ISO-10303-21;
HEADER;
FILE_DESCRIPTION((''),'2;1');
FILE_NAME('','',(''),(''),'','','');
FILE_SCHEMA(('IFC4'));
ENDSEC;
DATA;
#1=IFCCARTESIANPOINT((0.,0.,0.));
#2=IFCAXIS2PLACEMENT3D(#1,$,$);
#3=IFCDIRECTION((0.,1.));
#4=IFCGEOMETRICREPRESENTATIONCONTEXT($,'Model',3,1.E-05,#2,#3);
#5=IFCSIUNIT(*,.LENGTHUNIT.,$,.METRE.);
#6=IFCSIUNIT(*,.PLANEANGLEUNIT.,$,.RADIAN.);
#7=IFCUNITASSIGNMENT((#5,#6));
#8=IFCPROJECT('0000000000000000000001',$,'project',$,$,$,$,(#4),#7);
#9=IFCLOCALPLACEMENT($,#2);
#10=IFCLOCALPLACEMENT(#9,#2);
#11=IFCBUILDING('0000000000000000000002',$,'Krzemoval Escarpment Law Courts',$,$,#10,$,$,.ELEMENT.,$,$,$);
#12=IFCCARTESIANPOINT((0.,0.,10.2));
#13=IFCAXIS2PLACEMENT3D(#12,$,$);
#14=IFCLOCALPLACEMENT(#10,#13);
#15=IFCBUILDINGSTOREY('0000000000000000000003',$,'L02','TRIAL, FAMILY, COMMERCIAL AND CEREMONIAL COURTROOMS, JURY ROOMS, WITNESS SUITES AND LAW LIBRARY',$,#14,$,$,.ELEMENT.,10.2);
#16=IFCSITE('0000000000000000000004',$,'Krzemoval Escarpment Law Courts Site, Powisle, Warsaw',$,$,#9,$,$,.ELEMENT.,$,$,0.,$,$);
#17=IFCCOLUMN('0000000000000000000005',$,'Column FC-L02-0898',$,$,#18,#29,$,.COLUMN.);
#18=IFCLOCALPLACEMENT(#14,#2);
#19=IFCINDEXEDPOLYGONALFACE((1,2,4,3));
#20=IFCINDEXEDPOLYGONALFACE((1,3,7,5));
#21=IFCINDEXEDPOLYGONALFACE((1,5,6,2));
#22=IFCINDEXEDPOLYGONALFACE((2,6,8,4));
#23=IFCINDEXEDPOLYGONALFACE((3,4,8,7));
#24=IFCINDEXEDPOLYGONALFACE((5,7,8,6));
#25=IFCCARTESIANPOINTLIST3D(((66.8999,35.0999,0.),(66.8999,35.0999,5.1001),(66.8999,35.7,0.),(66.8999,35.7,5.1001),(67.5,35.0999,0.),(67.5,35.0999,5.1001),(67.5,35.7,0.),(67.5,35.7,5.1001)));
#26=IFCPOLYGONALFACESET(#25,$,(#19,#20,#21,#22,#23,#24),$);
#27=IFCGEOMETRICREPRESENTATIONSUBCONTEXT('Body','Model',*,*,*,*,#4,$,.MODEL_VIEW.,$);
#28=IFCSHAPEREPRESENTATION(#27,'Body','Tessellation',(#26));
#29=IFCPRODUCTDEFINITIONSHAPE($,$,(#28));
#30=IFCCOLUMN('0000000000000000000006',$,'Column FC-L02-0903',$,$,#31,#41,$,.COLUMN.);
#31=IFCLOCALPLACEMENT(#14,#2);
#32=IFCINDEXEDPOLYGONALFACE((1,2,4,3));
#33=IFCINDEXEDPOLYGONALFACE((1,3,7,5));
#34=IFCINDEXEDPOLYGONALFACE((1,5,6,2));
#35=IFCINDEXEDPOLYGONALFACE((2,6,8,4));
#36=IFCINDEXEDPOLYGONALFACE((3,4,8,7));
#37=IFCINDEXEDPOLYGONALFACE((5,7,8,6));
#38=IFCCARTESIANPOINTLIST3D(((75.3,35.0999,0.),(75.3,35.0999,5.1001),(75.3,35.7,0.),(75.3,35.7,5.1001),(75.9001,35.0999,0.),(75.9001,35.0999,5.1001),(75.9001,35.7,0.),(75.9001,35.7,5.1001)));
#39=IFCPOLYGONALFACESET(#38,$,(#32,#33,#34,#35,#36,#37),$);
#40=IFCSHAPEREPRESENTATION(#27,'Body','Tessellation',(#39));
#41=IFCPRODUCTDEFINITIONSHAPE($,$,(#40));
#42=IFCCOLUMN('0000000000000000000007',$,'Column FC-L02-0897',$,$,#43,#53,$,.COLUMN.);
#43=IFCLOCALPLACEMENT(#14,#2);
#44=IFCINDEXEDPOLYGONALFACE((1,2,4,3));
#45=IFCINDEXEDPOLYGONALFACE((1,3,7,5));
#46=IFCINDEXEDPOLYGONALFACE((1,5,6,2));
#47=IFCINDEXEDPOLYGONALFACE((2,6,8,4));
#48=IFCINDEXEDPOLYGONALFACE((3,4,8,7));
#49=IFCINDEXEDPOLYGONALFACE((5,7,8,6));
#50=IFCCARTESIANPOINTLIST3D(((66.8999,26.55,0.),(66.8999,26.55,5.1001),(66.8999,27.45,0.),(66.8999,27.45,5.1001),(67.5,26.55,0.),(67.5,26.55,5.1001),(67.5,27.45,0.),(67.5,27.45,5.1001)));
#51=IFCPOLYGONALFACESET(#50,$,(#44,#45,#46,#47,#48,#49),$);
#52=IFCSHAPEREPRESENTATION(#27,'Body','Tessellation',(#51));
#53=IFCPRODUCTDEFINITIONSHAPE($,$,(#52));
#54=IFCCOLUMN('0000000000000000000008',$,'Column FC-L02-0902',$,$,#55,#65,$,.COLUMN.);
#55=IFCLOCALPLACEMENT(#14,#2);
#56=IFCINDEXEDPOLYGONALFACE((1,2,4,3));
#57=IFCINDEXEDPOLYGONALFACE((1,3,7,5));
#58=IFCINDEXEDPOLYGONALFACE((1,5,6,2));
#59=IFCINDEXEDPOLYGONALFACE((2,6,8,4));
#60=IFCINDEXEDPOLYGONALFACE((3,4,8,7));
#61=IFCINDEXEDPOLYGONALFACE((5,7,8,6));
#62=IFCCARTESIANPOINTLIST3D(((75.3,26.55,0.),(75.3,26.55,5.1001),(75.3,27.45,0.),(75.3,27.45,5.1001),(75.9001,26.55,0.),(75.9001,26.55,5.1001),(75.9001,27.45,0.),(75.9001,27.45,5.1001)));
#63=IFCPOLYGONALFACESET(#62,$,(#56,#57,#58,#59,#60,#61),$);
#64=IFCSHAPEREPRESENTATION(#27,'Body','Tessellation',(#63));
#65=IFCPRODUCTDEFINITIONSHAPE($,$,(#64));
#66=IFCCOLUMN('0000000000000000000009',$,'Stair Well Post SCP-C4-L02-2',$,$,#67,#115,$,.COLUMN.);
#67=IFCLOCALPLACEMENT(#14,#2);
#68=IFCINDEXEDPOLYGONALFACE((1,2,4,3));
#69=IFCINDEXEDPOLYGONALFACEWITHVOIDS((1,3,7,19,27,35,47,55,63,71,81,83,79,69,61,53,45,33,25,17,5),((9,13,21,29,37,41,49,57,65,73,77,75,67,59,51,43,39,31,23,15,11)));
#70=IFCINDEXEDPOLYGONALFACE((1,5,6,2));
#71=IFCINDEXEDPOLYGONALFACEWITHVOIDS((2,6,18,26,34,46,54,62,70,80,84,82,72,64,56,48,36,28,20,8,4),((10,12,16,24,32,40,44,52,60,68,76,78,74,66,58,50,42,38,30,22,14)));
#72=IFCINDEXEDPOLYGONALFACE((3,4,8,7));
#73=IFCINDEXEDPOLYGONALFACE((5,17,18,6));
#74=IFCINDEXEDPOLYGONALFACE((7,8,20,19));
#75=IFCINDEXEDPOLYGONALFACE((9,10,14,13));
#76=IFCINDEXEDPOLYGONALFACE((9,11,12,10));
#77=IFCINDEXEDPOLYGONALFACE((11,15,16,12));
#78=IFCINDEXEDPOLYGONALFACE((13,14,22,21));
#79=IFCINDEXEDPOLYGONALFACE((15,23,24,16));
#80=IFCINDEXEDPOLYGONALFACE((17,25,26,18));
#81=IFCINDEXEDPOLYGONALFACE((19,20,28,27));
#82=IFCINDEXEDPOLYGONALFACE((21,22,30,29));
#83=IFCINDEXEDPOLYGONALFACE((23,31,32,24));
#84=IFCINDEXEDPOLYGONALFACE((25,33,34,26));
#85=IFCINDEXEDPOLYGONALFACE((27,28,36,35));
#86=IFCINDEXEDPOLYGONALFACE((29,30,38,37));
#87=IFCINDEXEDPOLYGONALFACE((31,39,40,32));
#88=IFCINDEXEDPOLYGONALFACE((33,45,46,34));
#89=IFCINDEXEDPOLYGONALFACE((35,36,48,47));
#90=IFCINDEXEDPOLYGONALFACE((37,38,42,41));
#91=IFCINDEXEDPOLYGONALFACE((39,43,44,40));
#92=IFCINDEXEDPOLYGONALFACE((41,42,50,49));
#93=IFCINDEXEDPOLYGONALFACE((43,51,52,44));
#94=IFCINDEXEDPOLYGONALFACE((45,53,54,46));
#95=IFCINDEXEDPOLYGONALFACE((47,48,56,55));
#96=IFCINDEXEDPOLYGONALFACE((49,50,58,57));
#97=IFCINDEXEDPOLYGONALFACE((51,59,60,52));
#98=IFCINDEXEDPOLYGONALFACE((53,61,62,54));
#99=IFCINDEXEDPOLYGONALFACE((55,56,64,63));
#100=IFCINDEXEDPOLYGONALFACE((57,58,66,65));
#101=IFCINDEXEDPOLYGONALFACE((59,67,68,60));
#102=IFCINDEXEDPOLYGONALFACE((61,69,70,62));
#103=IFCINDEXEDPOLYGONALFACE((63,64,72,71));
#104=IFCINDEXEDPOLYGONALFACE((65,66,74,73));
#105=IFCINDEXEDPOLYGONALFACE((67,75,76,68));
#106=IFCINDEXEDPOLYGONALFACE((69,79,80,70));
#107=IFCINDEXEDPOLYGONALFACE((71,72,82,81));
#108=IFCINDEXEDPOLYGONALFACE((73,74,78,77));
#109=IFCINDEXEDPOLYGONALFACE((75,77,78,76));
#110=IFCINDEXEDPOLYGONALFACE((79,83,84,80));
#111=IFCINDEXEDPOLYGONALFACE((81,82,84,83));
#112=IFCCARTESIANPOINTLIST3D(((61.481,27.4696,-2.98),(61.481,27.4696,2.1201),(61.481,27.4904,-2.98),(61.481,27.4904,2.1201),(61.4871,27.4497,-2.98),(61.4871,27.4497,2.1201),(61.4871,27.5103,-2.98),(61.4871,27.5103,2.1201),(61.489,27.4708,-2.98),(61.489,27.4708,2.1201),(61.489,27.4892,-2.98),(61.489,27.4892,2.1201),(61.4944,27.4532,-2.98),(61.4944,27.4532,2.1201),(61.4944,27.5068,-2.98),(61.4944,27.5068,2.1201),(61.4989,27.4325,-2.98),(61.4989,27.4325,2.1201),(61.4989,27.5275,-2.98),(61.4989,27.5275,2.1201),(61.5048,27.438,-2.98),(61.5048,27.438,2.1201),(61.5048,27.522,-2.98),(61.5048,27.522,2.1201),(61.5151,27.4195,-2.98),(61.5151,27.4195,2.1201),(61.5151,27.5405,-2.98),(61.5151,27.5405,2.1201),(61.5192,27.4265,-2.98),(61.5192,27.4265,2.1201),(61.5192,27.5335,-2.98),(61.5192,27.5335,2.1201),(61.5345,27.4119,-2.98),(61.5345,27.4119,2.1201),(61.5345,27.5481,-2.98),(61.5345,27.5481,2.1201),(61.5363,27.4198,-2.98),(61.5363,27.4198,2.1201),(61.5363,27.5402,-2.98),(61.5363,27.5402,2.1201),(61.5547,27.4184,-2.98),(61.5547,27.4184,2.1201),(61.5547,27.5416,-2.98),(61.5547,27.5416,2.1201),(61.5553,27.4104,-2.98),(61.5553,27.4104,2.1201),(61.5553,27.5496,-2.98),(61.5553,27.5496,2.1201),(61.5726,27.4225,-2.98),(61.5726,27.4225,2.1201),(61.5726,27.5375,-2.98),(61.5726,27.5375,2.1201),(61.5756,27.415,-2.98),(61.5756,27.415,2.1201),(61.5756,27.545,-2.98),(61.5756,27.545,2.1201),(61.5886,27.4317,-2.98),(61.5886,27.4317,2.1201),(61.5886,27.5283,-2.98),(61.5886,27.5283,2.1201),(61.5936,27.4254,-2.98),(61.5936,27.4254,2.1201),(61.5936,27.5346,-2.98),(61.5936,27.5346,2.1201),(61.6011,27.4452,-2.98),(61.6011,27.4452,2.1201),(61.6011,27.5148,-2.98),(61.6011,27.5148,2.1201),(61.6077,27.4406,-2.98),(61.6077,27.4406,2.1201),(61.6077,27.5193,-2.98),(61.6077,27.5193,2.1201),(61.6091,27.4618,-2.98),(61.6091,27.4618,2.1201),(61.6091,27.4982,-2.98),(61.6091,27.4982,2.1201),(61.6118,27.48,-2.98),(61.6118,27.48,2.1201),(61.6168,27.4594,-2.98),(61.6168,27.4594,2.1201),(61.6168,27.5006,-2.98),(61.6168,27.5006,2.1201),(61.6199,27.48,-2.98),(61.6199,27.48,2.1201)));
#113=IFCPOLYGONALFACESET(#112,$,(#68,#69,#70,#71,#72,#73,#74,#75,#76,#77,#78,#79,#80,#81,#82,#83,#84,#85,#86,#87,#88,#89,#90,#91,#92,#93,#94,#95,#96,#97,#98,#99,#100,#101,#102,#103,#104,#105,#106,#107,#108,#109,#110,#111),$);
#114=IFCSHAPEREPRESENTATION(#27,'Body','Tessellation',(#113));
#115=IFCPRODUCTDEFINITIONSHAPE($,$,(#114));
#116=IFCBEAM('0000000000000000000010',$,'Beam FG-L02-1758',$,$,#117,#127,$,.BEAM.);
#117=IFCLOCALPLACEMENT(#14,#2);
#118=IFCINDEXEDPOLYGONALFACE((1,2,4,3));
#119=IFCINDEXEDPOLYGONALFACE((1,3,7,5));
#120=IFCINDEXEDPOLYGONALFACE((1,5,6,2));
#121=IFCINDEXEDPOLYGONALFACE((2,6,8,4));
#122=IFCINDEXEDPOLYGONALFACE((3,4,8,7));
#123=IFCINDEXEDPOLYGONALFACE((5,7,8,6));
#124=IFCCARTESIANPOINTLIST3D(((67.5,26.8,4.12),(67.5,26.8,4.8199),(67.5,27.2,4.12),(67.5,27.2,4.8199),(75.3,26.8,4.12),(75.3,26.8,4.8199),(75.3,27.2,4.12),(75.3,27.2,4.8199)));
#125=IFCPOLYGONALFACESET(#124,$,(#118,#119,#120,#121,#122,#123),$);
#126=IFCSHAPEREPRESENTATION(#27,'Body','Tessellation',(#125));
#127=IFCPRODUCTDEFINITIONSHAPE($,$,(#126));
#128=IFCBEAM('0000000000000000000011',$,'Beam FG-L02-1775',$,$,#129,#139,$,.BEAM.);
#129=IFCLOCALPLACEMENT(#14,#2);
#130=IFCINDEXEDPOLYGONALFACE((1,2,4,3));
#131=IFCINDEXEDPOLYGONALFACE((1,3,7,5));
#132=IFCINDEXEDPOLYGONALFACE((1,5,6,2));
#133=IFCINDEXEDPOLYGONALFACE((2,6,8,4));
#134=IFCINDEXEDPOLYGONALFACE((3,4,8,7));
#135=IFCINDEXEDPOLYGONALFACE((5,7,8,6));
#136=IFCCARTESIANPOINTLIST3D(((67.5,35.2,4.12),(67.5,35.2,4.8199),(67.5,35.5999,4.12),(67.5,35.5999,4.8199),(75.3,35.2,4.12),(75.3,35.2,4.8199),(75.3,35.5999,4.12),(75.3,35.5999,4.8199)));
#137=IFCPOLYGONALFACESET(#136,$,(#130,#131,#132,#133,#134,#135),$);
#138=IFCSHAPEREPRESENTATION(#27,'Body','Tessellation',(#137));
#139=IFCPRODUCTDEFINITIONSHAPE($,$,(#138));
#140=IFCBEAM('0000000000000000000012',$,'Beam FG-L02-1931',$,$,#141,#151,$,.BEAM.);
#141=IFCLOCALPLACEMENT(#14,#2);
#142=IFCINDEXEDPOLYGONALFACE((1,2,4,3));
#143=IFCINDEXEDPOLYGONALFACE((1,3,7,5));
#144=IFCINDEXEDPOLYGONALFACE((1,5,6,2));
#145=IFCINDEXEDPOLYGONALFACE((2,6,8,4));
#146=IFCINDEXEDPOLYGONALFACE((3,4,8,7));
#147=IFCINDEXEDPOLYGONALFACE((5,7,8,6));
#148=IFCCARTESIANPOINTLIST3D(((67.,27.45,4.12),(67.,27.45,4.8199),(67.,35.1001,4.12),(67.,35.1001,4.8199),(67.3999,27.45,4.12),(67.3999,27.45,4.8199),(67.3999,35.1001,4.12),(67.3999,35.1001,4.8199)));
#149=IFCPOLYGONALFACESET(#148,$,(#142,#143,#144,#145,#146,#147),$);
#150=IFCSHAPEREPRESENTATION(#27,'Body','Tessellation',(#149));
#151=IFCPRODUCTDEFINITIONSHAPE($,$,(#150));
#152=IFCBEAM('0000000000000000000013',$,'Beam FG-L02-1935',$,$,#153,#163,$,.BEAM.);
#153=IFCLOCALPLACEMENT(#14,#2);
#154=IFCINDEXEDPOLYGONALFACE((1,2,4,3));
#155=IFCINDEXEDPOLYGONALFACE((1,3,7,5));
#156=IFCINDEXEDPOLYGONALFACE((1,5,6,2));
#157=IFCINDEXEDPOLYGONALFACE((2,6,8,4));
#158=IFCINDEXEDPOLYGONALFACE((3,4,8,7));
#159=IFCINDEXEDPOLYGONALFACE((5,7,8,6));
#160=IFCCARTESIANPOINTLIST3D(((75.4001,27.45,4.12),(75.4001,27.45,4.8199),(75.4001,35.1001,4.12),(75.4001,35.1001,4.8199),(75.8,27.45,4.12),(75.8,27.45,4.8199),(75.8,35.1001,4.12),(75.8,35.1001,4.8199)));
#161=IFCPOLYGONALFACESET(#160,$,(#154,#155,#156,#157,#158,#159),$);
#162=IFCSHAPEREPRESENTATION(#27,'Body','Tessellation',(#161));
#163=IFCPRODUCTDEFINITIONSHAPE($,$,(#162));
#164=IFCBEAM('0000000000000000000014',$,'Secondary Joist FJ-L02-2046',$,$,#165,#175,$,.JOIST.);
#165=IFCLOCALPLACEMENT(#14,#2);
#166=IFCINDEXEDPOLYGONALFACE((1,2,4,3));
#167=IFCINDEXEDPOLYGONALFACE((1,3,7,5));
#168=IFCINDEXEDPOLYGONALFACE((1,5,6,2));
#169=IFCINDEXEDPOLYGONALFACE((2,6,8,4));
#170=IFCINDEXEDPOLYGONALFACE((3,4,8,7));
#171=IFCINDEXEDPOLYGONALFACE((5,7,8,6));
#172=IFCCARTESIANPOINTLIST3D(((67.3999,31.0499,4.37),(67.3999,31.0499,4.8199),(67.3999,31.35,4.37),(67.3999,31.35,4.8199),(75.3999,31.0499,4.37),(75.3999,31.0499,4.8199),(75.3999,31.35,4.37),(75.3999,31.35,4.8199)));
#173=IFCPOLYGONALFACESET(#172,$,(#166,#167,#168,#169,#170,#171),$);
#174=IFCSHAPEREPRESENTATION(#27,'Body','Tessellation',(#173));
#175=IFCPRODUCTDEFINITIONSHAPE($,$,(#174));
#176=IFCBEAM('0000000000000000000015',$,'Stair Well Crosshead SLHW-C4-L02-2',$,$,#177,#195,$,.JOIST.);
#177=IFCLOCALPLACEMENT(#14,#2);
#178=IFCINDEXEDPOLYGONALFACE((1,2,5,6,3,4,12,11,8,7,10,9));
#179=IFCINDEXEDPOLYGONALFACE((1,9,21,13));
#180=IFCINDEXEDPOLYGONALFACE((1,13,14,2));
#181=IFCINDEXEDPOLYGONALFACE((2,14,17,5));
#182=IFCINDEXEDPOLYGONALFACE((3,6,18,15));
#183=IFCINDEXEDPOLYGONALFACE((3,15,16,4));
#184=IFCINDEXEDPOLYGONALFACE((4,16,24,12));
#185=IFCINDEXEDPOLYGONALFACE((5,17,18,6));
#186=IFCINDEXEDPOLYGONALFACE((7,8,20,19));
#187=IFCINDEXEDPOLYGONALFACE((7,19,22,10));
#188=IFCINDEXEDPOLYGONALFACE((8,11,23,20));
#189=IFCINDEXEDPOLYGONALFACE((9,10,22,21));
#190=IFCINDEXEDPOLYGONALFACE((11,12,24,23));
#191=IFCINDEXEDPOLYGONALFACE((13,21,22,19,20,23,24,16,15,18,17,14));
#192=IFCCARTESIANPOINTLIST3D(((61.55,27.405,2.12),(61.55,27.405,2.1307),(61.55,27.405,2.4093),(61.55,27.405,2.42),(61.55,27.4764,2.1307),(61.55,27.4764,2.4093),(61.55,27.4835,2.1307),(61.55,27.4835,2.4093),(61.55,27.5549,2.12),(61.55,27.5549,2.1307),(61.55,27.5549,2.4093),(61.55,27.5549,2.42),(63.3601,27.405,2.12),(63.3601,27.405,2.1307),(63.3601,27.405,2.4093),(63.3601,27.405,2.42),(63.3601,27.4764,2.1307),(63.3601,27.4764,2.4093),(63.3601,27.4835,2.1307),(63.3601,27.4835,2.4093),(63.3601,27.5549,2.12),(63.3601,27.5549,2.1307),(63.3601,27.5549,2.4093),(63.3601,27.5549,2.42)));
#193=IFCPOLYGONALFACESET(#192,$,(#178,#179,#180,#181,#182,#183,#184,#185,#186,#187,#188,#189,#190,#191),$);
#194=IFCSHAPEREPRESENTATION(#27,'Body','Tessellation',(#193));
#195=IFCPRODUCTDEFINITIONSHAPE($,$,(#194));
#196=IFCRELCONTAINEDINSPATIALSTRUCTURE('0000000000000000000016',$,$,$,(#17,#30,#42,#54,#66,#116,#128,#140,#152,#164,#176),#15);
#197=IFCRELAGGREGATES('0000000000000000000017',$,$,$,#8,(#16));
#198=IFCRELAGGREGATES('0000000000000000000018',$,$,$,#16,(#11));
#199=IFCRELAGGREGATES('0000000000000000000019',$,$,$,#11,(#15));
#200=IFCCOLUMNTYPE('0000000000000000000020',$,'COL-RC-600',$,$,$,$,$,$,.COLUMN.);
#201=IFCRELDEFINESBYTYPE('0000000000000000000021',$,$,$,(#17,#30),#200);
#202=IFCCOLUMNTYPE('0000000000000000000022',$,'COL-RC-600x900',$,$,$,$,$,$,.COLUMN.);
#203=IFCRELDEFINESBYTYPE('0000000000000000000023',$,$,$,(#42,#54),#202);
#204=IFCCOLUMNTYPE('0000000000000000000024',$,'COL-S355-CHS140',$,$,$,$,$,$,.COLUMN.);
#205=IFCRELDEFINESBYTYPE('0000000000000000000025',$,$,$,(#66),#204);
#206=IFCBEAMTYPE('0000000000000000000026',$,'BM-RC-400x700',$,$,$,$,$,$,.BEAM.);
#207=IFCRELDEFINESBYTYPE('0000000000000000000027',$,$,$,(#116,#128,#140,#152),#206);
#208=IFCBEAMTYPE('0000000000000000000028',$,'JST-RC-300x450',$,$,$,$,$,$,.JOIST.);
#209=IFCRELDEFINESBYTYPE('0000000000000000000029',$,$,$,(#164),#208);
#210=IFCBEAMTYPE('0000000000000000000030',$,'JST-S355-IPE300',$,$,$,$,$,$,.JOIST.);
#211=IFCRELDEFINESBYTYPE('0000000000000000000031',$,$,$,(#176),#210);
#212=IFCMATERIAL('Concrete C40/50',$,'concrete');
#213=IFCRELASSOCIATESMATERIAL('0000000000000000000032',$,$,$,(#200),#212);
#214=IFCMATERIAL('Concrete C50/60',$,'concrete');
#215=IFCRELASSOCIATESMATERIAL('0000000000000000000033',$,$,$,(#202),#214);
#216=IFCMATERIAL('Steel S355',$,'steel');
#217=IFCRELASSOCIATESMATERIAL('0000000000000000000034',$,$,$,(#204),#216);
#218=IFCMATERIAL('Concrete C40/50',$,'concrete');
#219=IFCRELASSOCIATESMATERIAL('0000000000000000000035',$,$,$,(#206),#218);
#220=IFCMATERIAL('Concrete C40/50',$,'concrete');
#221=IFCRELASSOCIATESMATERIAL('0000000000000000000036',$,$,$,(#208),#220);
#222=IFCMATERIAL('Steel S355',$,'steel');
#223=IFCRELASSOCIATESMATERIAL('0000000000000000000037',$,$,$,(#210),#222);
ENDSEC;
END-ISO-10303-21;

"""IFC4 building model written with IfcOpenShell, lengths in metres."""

from ifc_helpers import new_model, si_unit, direction, frame, origin, origin_2d, place, context, subcontext, project, spatial, rectangle, hollow_circle, i_section, extrude, material, material_profile, profile_set, type_object, element, save


model = new_model("IFC4")

# Units and contexts
model_context = context("Model", 3, precision=1e-05, world=origin(), true_north=direction((0.0, 1.0)))
body_context = subcontext(model_context, "Body", "Model", "MODEL_VIEW")
ifc_project = project(units=[si_unit("LENGTHUNIT", "METRE"), si_unit("PLANEANGLEUNIT", "RADIAN")], contexts=[model_context])

# Site, building, storey
site_placement = place(None, origin())
site = spatial("IfcSite", under=ifc_project, at=site_placement, Name="Krzemoval Escarpment Law Courts Site, Powisle, Warsaw", CompositionType="ELEMENT", RefElevation=0.0)
building_placement = place(site_placement, origin())
building = spatial("IfcBuilding", under=site, at=building_placement, Name="Krzemoval Escarpment Law Courts", CompositionType="ELEMENT")
storey_placement = place(building_placement, frame((0.0, 0.0, 10.2)))
storey = spatial("IfcBuildingStorey", under=building, at=storey_placement, Name="L02", Description="TRIAL, FAMILY, COMMERCIAL AND CEREMONIAL COURTROOMS, JURY ROOMS, WITNESS SUITES AND LAW LIBRARY", CompositionType="ELEMENT", Elevation=10.2)

# Columns
ifc_material_1 = material(Name="Concrete C40/50", Category="concrete")
ifc_material_profile_1 = material_profile(ifc_material_1, rectangle(XDim=0.6001, YDim=0.6001, at=origin_2d()), Name="RC 600x600")
ifc_profile_set_1 = profile_set([ifc_material_profile_1], Name="Concrete C40/50")
column_type_1 = type_object("IfcColumnType", Name="COL-RC-600", PredefinedType="COLUMN", material=ifc_profile_set_1)
for number, where, z_axis, x_axis, name in (
    (1, (67.2, 35.3999, 0.0), (0.0, 0.0, 1.0), (1.0, 0.0, 0.0), "Column FC-L02-0898"),
    (2, (75.6001, 35.3999, 0.0), (0.0, 0.0, 1.0), (1.0, 0.0, 0.0), "Column FC-L02-0903"),
):
    element("IfcColumn", number, at=place(storey_placement, frame(where, z_axis=z_axis, x_axis=x_axis)), inside=storey, type_object=column_type_1, Name=name, PredefinedType="COLUMN", context=body_context, shape_type="SweptSolid", body=[
        extrude(rectangle(XDim=0.6001, YDim=0.6001, at=origin_2d()), origin(), (0.0, 0.0, 1.0), 5.1001),
    ])
ifc_material_2 = material(Name="Concrete C50/60", Category="concrete")
ifc_material_profile_2 = material_profile(ifc_material_2, rectangle(XDim=0.6001, YDim=0.8999, at=origin_2d()), Name="RC 600x900")
ifc_profile_set_2 = profile_set([ifc_material_profile_2], Name="Concrete C50/60")
column_type_2 = type_object("IfcColumnType", Name="COL-RC-600x900", PredefinedType="COLUMN", material=ifc_profile_set_2)
for number, where, z_axis, x_axis, name in (
    (3, (67.2, 27.0, 0.0), (0.0, 0.0, 1.0), (1.0, 0.0, 0.0), "Column FC-L02-0897"),
    (4, (75.6001, 27.0, 0.0), (0.0, 0.0, 1.0), (1.0, 0.0, 0.0), "Column FC-L02-0902"),
):
    element("IfcColumn", number, at=place(storey_placement, frame(where, z_axis=z_axis, x_axis=x_axis)), inside=storey, type_object=column_type_2, Name=name, PredefinedType="COLUMN", context=body_context, shape_type="SweptSolid", body=[
        extrude(rectangle(XDim=0.6001, YDim=0.8999, at=origin_2d()), origin(), (0.0, 0.0, 1.0), 5.1001),
    ])
ifc_material_3 = material(Name="Steel S355", Category="steel")
ifc_material_profile_3 = material_profile(ifc_material_3, hollow_circle(Radius=0.0698, WallThickness=0.0081, at=origin_2d()), Name="CHS 139.7x8")
ifc_profile_set_3 = profile_set([ifc_material_profile_3], Name="Steel S355")
column_type_3 = type_object("IfcColumnType", Name="COL-S355-CHS140", PredefinedType="COLUMN", material=ifc_profile_set_3)
column_placement = place(storey_placement, frame((61.55, 27.48, -2.98), z_axis=(0.0, 0.0, 1.0), x_axis=(1.0, 0.0, 0.0)))
element("IfcColumn", 5, at=column_placement, inside=storey, type_object=column_type_3, Name="Stair Well Post SCP-C4-L02-2", PredefinedType="COLUMN", context=body_context, shape_type="SweptSolid", body=[
    extrude(hollow_circle(Radius=0.0698, WallThickness=0.0081, at=origin_2d()), origin(), (0.0, 0.0, 1.0), 5.1001),
])

# Beams
ifc_material_4 = material(Name="Concrete C40/50", Category="concrete")
ifc_material_profile_4 = material_profile(ifc_material_4, rectangle(XDim=0.3999, YDim=0.7, at=origin_2d()), Name="RCB 400x700")
ifc_profile_set_4 = profile_set([ifc_material_profile_4], Name="Concrete C40/50")
beam_type_1 = type_object("IfcBeamType", Name="BM-RC-400x700", PredefinedType="BEAM", material=ifc_profile_set_4)
for number, where, z_axis, x_axis, name in (
    (6, (67.5, 27.0, 4.47), (1.0, 0.0, 0.0), (0.0, 1.0, 0.0), "Beam FG-L02-1758"),
    (7, (67.5, 35.3999, 4.47), (1.0, 0.0, 0.0), (0.0, 1.0, 0.0), "Beam FG-L02-1775"),
):
    element("IfcBeam", number, at=place(storey_placement, frame(where, z_axis=z_axis, x_axis=x_axis)), inside=storey, type_object=beam_type_1, Name=name, PredefinedType="BEAM", context=body_context, shape_type="SweptSolid", body=[
        extrude(rectangle(XDim=0.3999, YDim=0.7, at=origin_2d()), origin(), (0.0, 0.0, 1.0), 7.8),
    ])
for number, where, z_axis, x_axis, name in (
    (8, (67.2, 27.45, 4.47), (0.0, 1.0, 0.0), (-1.0, 0.0, 0.0), "Beam FG-L02-1931"),
    (9, (75.6001, 27.45, 4.47), (0.0, 1.0, 0.0), (-1.0, 0.0, 0.0), "Beam FG-L02-1935"),
):
    element("IfcBeam", number, at=place(storey_placement, frame(where, z_axis=z_axis, x_axis=x_axis)), inside=storey, type_object=beam_type_1, Name=name, PredefinedType="BEAM", context=body_context, shape_type="SweptSolid", body=[
        extrude(rectangle(XDim=0.3999, YDim=0.7, at=origin_2d()), origin(), (0.0, 0.0, 1.0), 7.6501),
    ])
ifc_material_5 = material(Name="Concrete C40/50", Category="concrete")
ifc_material_profile_5 = material_profile(ifc_material_5, rectangle(XDim=0.3, YDim=0.45, at=origin_2d()), Name="RCB 300x450")
ifc_profile_set_5 = profile_set([ifc_material_profile_5], Name="Concrete C40/50")
beam_type_2 = type_object("IfcBeamType", Name="JST-RC-300x450", PredefinedType="JOIST", material=ifc_profile_set_5)
beam_1_placement = place(storey_placement, frame((67.3999, 31.2, 4.595), z_axis=(1.0, 0.0, 0.0), x_axis=(0.0, 1.0, 0.0)))
element("IfcBeam", 10, at=beam_1_placement, inside=storey, type_object=beam_type_2, Name="Secondary Joist FJ-L02-2046", PredefinedType="JOIST", context=body_context, shape_type="SweptSolid", body=[
    extrude(rectangle(XDim=0.3, YDim=0.45, at=origin_2d()), origin(), (0.0, 0.0, 1.0), 8.0),
])
ifc_material_6 = material(Name="Steel S355", Category="steel")
ifc_material_profile_6 = material_profile(ifc_material_6, i_section(OverallWidth=0.1499, OverallDepth=0.3, WebThickness=0.0071, FlangeThickness=0.0107, at=origin_2d()), Name="IPE 300")
ifc_profile_set_6 = profile_set([ifc_material_profile_6], Name="Steel S355")
beam_type_3 = type_object("IfcBeamType", Name="JST-S355-IPE300", PredefinedType="JOIST", material=ifc_profile_set_6)
beam_2_placement = place(storey_placement, frame((61.55, 27.48, 2.27), z_axis=(1.0, 0.0, 0.0), x_axis=(0.0, 1.0, 0.0)))
element("IfcBeam", 11, at=beam_2_placement, inside=storey, type_object=beam_type_3, Name="Stair Well Crosshead SLHW-C4-L02-2", PredefinedType="JOIST", context=body_context, shape_type="SweptSolid", body=[
    extrude(i_section(OverallWidth=0.1499, OverallDepth=0.3, WebThickness=0.0071, FlangeThickness=0.0107, at=origin_2d()), origin(), (0.0, 0.0, 1.0), 1.8101),
])

save(model, "model.ifc")
